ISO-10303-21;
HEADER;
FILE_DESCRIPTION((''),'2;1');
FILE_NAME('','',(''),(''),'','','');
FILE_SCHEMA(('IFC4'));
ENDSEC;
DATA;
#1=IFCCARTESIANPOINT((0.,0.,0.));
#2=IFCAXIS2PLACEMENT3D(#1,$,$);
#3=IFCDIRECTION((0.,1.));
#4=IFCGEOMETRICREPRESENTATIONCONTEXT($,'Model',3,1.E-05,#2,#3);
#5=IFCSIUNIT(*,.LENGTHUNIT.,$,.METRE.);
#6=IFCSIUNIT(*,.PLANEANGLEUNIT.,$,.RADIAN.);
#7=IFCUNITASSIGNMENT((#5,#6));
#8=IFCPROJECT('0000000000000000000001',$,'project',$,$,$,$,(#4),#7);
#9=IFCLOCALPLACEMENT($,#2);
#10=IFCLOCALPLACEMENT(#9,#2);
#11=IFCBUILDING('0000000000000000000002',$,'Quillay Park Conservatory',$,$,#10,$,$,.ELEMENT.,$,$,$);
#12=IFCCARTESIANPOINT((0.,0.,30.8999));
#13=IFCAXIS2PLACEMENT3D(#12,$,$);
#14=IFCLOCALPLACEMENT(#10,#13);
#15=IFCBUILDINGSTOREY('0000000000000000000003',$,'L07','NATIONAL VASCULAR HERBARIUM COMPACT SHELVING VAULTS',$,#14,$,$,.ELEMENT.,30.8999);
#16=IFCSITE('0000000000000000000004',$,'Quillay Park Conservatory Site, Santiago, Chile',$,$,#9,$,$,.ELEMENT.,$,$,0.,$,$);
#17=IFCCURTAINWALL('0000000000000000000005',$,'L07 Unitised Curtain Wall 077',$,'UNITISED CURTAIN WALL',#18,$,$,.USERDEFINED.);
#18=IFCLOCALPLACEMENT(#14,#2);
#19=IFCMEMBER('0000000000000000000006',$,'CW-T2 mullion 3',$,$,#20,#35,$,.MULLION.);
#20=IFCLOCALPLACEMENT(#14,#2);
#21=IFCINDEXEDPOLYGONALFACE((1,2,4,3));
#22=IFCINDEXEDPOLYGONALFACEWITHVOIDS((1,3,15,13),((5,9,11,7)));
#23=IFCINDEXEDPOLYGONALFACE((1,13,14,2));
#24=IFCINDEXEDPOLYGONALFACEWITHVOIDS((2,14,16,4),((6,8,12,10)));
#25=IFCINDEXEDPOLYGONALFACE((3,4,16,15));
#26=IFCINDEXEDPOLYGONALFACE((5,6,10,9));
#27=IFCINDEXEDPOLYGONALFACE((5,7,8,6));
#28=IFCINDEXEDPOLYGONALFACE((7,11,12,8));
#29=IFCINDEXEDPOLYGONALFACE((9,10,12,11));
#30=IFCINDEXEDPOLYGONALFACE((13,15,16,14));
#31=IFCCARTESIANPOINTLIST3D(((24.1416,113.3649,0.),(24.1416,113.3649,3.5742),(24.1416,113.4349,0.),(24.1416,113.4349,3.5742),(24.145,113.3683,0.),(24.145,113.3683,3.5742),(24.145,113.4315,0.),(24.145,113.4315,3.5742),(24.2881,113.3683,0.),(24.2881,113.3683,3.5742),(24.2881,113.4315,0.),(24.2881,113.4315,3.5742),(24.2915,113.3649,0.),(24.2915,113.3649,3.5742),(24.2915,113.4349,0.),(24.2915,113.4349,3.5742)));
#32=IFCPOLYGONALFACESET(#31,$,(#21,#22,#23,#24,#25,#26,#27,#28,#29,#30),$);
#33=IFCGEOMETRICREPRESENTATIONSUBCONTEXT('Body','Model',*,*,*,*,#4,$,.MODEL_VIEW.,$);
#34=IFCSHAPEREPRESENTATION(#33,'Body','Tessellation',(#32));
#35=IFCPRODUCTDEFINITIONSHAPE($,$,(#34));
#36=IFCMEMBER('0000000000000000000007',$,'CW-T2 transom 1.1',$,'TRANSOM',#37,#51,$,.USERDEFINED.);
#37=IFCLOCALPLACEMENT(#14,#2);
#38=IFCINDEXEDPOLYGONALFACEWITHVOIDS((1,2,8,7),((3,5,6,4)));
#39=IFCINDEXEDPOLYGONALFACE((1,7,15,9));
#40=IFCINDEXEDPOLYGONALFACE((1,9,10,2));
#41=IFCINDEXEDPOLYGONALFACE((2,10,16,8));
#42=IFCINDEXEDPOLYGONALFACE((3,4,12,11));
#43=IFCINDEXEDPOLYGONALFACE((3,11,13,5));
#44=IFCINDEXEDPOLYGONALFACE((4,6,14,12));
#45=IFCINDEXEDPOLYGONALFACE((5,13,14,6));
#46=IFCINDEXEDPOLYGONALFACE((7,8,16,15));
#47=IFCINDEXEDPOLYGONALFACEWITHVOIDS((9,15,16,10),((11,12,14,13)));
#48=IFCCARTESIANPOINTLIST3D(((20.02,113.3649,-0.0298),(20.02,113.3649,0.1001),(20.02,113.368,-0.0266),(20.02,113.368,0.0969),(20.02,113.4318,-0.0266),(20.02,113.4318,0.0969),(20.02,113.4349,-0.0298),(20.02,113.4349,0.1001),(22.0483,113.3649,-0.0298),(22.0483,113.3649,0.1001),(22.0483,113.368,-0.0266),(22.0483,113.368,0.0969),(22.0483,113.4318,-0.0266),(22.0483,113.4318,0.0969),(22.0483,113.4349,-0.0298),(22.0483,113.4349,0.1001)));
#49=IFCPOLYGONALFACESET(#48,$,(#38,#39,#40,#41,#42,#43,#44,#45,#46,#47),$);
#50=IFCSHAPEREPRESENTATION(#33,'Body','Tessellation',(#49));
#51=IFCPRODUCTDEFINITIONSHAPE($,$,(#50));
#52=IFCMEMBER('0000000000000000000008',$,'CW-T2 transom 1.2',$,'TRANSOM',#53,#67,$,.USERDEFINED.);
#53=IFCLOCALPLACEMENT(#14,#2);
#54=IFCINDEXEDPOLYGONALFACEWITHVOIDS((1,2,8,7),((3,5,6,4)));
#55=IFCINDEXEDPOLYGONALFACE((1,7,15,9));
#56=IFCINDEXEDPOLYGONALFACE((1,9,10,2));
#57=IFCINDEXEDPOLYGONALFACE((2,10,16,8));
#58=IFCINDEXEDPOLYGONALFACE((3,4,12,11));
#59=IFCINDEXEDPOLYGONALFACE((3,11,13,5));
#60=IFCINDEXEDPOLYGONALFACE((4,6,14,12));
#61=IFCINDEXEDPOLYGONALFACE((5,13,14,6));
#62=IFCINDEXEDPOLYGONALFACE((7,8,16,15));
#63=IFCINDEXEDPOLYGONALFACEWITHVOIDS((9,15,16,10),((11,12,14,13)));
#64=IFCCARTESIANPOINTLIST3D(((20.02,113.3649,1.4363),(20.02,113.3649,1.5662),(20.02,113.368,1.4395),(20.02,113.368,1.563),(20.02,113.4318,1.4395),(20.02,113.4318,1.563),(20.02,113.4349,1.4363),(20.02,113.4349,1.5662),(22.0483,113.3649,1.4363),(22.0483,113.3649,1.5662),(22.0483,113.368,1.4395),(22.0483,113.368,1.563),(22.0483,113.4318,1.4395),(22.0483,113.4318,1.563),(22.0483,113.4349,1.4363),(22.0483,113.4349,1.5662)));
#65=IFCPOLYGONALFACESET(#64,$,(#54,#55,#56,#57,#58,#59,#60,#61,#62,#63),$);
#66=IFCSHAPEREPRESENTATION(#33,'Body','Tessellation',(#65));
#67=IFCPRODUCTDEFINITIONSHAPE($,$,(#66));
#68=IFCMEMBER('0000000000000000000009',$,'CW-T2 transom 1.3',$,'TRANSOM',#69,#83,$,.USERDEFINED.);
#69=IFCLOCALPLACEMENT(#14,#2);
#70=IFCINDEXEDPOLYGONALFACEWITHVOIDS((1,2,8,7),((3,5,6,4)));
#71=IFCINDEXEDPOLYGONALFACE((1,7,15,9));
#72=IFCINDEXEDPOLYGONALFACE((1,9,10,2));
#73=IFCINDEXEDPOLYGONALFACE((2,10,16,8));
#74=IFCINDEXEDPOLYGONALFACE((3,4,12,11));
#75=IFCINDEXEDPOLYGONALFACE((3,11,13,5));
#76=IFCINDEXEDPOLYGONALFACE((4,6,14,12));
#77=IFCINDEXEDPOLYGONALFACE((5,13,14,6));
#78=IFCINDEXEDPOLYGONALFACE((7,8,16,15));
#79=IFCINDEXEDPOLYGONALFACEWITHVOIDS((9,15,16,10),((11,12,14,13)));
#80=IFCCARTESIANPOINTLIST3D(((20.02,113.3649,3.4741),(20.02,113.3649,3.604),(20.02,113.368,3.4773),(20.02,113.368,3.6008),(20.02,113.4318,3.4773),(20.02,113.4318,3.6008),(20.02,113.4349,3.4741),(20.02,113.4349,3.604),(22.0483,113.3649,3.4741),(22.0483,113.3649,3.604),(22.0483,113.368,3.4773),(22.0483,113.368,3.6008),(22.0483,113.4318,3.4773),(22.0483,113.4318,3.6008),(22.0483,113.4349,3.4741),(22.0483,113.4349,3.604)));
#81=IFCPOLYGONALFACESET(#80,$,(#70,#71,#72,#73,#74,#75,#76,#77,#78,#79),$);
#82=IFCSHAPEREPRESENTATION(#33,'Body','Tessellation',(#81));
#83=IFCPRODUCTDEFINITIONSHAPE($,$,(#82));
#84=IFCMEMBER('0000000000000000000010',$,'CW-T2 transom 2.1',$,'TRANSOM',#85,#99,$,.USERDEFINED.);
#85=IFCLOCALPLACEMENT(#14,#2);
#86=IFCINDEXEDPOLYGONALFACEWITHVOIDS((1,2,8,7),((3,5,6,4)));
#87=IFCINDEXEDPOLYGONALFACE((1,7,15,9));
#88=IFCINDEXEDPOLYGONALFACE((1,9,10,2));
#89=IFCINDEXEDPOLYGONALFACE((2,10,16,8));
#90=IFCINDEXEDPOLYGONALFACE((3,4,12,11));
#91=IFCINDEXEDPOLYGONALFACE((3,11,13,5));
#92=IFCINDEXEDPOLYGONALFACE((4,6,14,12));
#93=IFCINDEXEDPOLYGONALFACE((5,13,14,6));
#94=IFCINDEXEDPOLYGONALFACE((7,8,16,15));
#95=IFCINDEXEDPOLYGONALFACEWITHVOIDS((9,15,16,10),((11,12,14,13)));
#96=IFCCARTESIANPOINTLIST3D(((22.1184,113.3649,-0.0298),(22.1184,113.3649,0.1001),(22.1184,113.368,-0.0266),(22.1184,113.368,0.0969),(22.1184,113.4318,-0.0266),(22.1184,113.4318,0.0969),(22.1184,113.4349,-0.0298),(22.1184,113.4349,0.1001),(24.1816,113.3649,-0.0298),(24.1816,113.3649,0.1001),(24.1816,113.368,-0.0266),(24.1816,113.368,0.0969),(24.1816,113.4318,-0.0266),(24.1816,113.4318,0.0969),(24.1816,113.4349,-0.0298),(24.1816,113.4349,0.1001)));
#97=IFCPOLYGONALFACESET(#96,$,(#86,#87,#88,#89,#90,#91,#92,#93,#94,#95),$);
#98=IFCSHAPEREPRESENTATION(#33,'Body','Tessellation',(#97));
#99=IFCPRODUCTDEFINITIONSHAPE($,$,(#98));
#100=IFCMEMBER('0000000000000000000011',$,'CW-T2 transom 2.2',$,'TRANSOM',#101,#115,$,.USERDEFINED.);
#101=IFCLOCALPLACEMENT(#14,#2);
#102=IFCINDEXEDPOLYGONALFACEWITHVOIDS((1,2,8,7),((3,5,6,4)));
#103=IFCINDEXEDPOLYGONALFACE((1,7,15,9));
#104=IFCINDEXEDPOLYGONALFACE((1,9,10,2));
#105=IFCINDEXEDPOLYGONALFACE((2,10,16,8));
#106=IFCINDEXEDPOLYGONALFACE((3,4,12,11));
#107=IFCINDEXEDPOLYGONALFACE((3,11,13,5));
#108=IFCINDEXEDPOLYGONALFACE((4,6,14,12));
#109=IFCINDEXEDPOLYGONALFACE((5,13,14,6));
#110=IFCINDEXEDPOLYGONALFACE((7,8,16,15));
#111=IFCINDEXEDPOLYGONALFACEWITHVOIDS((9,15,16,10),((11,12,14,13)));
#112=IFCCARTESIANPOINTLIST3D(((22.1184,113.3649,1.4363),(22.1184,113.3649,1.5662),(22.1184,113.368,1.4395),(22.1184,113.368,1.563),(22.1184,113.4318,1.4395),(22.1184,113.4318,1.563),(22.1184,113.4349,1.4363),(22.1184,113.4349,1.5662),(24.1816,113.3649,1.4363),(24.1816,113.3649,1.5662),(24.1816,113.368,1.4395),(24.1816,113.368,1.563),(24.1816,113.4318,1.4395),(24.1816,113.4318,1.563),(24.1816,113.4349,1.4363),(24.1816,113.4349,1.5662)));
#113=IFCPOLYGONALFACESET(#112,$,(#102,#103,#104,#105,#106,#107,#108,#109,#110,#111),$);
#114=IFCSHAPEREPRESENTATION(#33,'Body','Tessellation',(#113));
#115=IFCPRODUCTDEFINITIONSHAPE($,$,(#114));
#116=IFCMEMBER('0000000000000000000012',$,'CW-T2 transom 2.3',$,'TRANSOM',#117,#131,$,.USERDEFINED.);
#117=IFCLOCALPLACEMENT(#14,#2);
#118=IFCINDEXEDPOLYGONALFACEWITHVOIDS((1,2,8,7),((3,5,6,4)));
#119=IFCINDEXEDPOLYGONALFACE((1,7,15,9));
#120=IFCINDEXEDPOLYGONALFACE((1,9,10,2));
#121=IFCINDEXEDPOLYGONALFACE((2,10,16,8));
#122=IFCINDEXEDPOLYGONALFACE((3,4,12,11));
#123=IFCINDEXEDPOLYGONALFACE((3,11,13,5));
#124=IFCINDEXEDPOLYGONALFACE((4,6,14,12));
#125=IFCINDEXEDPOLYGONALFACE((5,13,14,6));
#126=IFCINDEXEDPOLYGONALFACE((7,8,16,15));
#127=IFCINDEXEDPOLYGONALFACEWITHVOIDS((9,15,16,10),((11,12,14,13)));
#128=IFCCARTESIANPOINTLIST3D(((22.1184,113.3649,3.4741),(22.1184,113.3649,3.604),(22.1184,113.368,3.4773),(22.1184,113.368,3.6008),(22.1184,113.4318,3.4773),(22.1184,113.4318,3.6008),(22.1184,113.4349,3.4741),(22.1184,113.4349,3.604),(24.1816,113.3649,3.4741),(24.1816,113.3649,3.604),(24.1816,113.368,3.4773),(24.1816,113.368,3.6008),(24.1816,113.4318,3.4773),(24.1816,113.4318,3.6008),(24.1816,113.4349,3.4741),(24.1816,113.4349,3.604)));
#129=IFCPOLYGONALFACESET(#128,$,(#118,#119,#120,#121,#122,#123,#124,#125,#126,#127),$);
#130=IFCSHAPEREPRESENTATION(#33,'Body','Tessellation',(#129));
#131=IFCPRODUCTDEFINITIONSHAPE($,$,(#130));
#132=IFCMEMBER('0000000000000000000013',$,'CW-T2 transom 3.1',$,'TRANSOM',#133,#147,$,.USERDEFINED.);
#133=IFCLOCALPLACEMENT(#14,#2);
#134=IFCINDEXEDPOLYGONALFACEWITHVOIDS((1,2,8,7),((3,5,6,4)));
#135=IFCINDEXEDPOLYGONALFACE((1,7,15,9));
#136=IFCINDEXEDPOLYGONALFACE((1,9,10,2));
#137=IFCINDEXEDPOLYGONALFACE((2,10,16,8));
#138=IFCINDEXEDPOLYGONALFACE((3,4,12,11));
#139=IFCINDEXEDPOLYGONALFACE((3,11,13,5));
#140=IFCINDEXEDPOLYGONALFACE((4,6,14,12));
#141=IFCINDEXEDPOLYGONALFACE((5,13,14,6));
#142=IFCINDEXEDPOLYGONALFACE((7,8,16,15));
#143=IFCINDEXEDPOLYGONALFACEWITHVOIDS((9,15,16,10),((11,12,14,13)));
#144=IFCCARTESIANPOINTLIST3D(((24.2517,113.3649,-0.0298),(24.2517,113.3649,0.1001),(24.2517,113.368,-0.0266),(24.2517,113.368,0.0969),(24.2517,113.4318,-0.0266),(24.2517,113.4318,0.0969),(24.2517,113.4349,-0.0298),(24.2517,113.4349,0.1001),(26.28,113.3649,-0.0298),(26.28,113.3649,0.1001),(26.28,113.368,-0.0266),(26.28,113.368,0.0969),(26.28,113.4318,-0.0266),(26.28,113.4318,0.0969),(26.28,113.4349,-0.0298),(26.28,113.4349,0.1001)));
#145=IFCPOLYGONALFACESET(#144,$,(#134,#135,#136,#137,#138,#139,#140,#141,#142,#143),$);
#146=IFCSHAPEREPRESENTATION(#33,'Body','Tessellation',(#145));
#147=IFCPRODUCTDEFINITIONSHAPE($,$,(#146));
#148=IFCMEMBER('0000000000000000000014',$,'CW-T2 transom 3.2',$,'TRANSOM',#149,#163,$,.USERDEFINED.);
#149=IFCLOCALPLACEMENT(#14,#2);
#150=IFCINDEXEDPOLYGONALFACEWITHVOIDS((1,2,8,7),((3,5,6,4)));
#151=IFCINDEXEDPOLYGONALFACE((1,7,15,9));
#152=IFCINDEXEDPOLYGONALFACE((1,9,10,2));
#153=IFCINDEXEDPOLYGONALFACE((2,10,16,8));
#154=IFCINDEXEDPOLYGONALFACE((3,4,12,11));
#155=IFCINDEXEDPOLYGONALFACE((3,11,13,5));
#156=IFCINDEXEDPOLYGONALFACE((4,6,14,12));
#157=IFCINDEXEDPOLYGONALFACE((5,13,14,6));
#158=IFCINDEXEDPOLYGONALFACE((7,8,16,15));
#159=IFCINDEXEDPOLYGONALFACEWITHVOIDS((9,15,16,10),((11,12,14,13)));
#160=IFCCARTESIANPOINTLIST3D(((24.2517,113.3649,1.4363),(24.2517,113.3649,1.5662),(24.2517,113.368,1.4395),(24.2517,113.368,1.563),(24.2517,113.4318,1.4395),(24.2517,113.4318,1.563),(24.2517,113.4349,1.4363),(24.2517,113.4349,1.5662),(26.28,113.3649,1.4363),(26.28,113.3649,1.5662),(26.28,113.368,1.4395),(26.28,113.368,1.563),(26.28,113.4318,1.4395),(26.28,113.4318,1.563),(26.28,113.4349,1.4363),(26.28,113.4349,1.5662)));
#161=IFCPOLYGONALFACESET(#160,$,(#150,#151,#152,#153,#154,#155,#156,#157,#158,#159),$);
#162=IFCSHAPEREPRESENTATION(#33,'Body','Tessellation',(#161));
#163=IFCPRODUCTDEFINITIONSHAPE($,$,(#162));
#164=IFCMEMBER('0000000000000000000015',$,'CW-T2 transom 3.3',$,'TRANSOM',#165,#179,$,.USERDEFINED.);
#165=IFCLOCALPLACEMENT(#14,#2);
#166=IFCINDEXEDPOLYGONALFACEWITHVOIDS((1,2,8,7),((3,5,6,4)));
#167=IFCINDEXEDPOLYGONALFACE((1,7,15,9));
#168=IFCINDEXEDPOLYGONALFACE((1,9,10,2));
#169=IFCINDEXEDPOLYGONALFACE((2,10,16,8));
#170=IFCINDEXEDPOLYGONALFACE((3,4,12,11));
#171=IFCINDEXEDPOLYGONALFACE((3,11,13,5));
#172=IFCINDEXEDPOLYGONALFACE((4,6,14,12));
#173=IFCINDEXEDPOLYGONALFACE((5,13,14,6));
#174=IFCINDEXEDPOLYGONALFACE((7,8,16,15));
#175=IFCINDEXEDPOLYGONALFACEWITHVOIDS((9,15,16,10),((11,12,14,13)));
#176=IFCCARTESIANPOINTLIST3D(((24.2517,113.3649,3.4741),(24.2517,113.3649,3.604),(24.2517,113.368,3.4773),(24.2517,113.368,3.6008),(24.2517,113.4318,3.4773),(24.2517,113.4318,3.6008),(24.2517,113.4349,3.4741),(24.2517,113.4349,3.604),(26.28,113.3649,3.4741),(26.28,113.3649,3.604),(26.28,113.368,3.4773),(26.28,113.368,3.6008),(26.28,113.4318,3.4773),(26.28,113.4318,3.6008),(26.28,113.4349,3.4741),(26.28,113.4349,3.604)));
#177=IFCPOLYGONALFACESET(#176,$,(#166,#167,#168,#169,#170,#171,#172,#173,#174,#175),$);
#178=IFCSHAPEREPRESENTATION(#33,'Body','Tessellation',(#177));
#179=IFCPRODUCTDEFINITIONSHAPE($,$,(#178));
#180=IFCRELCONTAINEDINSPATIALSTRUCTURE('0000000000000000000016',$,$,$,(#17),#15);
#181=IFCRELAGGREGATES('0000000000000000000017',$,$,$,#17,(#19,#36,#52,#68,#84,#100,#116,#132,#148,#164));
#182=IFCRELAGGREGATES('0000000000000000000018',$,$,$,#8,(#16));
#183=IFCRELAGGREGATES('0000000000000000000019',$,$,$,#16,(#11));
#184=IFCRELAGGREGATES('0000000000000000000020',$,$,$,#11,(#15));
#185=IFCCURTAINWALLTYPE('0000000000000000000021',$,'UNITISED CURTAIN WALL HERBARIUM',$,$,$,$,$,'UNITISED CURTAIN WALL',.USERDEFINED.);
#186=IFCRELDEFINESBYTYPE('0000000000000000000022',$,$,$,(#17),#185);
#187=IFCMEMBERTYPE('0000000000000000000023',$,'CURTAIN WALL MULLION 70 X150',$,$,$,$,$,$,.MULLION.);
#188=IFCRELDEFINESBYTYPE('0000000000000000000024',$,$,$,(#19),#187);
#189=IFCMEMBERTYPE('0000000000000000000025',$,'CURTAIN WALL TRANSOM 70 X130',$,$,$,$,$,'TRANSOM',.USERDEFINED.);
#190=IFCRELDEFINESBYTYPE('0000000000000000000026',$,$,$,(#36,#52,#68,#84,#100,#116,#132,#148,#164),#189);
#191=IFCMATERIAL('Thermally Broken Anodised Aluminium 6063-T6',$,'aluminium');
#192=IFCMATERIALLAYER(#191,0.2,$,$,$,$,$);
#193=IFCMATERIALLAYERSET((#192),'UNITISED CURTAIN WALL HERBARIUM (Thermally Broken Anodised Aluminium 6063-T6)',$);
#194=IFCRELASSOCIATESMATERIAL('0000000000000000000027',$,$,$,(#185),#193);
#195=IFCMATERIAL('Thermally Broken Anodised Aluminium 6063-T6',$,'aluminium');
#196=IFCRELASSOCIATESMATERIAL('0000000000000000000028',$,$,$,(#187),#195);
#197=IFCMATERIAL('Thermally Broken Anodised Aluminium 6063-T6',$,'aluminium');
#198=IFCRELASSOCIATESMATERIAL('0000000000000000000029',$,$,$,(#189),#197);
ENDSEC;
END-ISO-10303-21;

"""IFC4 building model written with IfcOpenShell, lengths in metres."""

from ifc_helpers import new_model, si_unit, direction, frame, origin, origin_2d, place, context, subcontext, project, spatial, hollow_rectangle, extrude, material, layer, layer_set, material_profile, profile_set, type_object, element, aggregate, save


model = new_model("IFC4")

# Units and contexts
model_context = context("Model", 3, precision=1e-05, world=origin(), true_north=direction((0.0, 1.0)))
body_context = subcontext(model_context, "Body", "Model", "MODEL_VIEW")
ifc_project = project(units=[si_unit("LENGTHUNIT", "METRE"), si_unit("PLANEANGLEUNIT", "RADIAN")], contexts=[model_context])

# Site, building, storey
site_placement = place(None, origin())
site = spatial("IfcSite", under=ifc_project, at=site_placement, Name="Quillay Park Conservatory Site, Santiago, Chile", CompositionType="ELEMENT", RefElevation=0.0)
building_placement = place(site_placement, origin())
building = spatial("IfcBuilding", under=site, at=building_placement, Name="Quillay Park Conservatory", CompositionType="ELEMENT")
storey_placement = place(building_placement, frame((0.0, 0.0, 30.8999)))
storey = spatial("IfcBuildingStorey", under=building, at=storey_placement, Name="L07", Description="NATIONAL VASCULAR HERBARIUM COMPACT SHELVING VAULTS", CompositionType="ELEMENT", Elevation=30.8999)

# Shared definitions
ifc_material_1 = material(Name="Thermally Broken Anodised Aluminium 6063-T6", Category="aluminium")
ifc_layer_1 = layer(ifc_material_1, 0.2)
ifc_layer_set_1 = layer_set([ifc_layer_1], Name="UNITISED CURTAIN WALL HERBARIUM (Thermally Broken Anodised Aluminium 6063-T6)")
curtain_wall_type = type_object("IfcCurtainWallType", Name="UNITISED CURTAIN WALL HERBARIUM", ElementType="UNITISED CURTAIN WALL", PredefinedType="USERDEFINED", material=ifc_layer_set_1)
ifc_material_2 = material(Name="Thermally Broken Anodised Aluminium 6063-T6", Category="aluminium")
ifc_material_profile_1 = material_profile(ifc_material_2, hollow_rectangle(XDim=0.0701, YDim=0.1499, WallThickness=0.0034, at=origin_2d()), Name="AL70x150x3.5")
ifc_profile_set_1 = profile_set([ifc_material_profile_1], Name="Thermally Broken Anodised Aluminium 6063-T6")
member_type_1 = type_object("IfcMemberType", Name="CURTAIN WALL MULLION 70 X150", PredefinedType="MULLION", material=ifc_profile_set_1)

# Curtain wall, members
curtain_wall_1_placement = place(storey_placement, origin())
curtain_wall_1 = element("IfcCurtainWall", 1, at=curtain_wall_1_placement, inside=storey, type_object=curtain_wall_type, Name="L07 Unitised Curtain Wall 077", ObjectType="UNITISED CURTAIN WALL", PredefinedType="USERDEFINED")
member_1_placement = place(storey_placement, frame((24.2166, 113.3999, 0.0), z_axis=(0.0, 0.0, 1.0), x_axis=(0.0, 1.0, 0.0)))
member_1 = element("IfcMember", 2, at=member_1_placement, type_object=member_type_1, Name="CW-T2 mullion 3", PredefinedType="MULLION", context=body_context, shape_type="SweptSolid", body=[
    extrude(hollow_rectangle(XDim=0.0701, YDim=0.1499, WallThickness=0.0034, at=origin_2d()), origin(), (0.0, 0.0, 1.0), 3.5742),
])
ifc_material_3 = material(Name="Thermally Broken Anodised Aluminium 6063-T6", Category="aluminium")
ifc_material_profile_2 = material_profile(ifc_material_3, hollow_rectangle(XDim=0.0701, YDim=0.1299, WallThickness=0.0032, at=origin_2d()), Name="AL70x130x3.2")
ifc_profile_set_2 = profile_set([ifc_material_profile_2], Name="Thermally Broken Anodised Aluminium 6063-T6")
member_type_2 = type_object("IfcMemberType", Name="CURTAIN WALL TRANSOM 70 X130", ElementType="TRANSOM", PredefinedType="USERDEFINED", material=ifc_profile_set_2)
member_2_placement = place(storey_placement, frame((20.02, 113.3999, 0.0352), z_axis=(1.0, 0.0, 0.0), x_axis=(0.0, 1.0, 0.0)))
member_2 = element("IfcMember", 3, at=member_2_placement, type_object=member_type_2, Name="CW-T2 transom 1.1", ObjectType="TRANSOM", PredefinedType="USERDEFINED", context=body_context, shape_type="SweptSolid", body=[
    extrude(hollow_rectangle(XDim=0.0701, YDim=0.1299, WallThickness=0.0032, at=origin_2d()), origin(), (0.0, 0.0, 1.0), 2.0283),
])
member_3_placement = place(storey_placement, frame((20.02, 113.3999, 1.5012), z_axis=(1.0, 0.0, 0.0), x_axis=(0.0, 1.0, 0.0)))
member_3 = element("IfcMember", 4, at=member_3_placement, type_object=member_type_2, Name="CW-T2 transom 1.2", ObjectType="TRANSOM", PredefinedType="USERDEFINED", context=body_context, shape_type="SweptSolid", body=[
    extrude(hollow_rectangle(XDim=0.0701, YDim=0.1299, WallThickness=0.0032, at=origin_2d()), origin(), (0.0, 0.0, 1.0), 2.0283),
])
member_4_placement = place(storey_placement, frame((20.02, 113.3999, 3.5391), z_axis=(1.0, 0.0, 0.0), x_axis=(0.0, 1.0, 0.0)))
member_4 = element("IfcMember", 5, at=member_4_placement, type_object=member_type_2, Name="CW-T2 transom 1.3", ObjectType="TRANSOM", PredefinedType="USERDEFINED", context=body_context, shape_type="SweptSolid", body=[
    extrude(hollow_rectangle(XDim=0.0701, YDim=0.1299, WallThickness=0.0032, at=origin_2d()), origin(), (0.0, 0.0, 1.0), 2.0283),
])
member_5_placement = place(storey_placement, frame((22.1184, 113.3999, 0.0352), z_axis=(1.0, 0.0, 0.0), x_axis=(0.0, 1.0, 0.0)))
member_5 = element("IfcMember", 6, at=member_5_placement, type_object=member_type_2, Name="CW-T2 transom 2.1", ObjectType="TRANSOM", PredefinedType="USERDEFINED", context=body_context, shape_type="SweptSolid", body=[
    extrude(hollow_rectangle(XDim=0.0701, YDim=0.1299, WallThickness=0.0032, at=origin_2d()), origin(), (0.0, 0.0, 1.0), 2.0632),
])
member_6_placement = place(storey_placement, frame((22.1184, 113.3999, 1.5012), z_axis=(1.0, 0.0, 0.0), x_axis=(0.0, 1.0, 0.0)))
member_6 = element("IfcMember", 7, at=member_6_placement, type_object=member_type_2, Name="CW-T2 transom 2.2", ObjectType="TRANSOM", PredefinedType="USERDEFINED", context=body_context, shape_type="SweptSolid", body=[
    extrude(hollow_rectangle(XDim=0.0701, YDim=0.1299, WallThickness=0.0032, at=origin_2d()), origin(), (0.0, 0.0, 1.0), 2.0632),
])
member_7_placement = place(storey_placement, frame((22.1184, 113.3999, 3.5391), z_axis=(1.0, 0.0, 0.0), x_axis=(0.0, 1.0, 0.0)))
member_7 = element("IfcMember", 8, at=member_7_placement, type_object=member_type_2, Name="CW-T2 transom 2.3", ObjectType="TRANSOM", PredefinedType="USERDEFINED", context=body_context, shape_type="SweptSolid", body=[
    extrude(hollow_rectangle(XDim=0.0701, YDim=0.1299, WallThickness=0.0032, at=origin_2d()), origin(), (0.0, 0.0, 1.0), 2.0632),
])
member_8_placement = place(storey_placement, frame((24.2517, 113.3999, 0.0352), z_axis=(1.0, 0.0, 0.0), x_axis=(0.0, 1.0, 0.0)))
member_8 = element("IfcMember", 9, at=member_8_placement, type_object=member_type_2, Name="CW-T2 transom 3.1", ObjectType="TRANSOM", PredefinedType="USERDEFINED", context=body_context, shape_type="SweptSolid", body=[
    extrude(hollow_rectangle(XDim=0.0701, YDim=0.1299, WallThickness=0.0032, at=origin_2d()), origin(), (0.0, 0.0, 1.0), 2.0283),
])
member_9_placement = place(storey_placement, frame((24.2517, 113.3999, 1.5012), z_axis=(1.0, 0.0, 0.0), x_axis=(0.0, 1.0, 0.0)))
member_9 = element("IfcMember", 10, at=member_9_placement, type_object=member_type_2, Name="CW-T2 transom 3.2", ObjectType="TRANSOM", PredefinedType="USERDEFINED", context=body_context, shape_type="SweptSolid", body=[
    extrude(hollow_rectangle(XDim=0.0701, YDim=0.1299, WallThickness=0.0032, at=origin_2d()), origin(), (0.0, 0.0, 1.0), 2.0283),
])
member_10_placement = place(storey_placement, frame((24.2517, 113.3999, 3.5391), z_axis=(1.0, 0.0, 0.0), x_axis=(0.0, 1.0, 0.0)))
member_10 = element("IfcMember", 11, at=member_10_placement, type_object=member_type_2, Name="CW-T2 transom 3.3", ObjectType="TRANSOM", PredefinedType="USERDEFINED", context=body_context, shape_type="SweptSolid", body=[
    extrude(hollow_rectangle(XDim=0.0701, YDim=0.1299, WallThickness=0.0032, at=origin_2d()), origin(), (0.0, 0.0, 1.0), 2.0283),
])

aggregate(curtain_wall_1, [member_1, member_2, member_3, member_4, member_5, member_6, member_7, member_8, member_9, member_10])

save(model, "model.ifc")
